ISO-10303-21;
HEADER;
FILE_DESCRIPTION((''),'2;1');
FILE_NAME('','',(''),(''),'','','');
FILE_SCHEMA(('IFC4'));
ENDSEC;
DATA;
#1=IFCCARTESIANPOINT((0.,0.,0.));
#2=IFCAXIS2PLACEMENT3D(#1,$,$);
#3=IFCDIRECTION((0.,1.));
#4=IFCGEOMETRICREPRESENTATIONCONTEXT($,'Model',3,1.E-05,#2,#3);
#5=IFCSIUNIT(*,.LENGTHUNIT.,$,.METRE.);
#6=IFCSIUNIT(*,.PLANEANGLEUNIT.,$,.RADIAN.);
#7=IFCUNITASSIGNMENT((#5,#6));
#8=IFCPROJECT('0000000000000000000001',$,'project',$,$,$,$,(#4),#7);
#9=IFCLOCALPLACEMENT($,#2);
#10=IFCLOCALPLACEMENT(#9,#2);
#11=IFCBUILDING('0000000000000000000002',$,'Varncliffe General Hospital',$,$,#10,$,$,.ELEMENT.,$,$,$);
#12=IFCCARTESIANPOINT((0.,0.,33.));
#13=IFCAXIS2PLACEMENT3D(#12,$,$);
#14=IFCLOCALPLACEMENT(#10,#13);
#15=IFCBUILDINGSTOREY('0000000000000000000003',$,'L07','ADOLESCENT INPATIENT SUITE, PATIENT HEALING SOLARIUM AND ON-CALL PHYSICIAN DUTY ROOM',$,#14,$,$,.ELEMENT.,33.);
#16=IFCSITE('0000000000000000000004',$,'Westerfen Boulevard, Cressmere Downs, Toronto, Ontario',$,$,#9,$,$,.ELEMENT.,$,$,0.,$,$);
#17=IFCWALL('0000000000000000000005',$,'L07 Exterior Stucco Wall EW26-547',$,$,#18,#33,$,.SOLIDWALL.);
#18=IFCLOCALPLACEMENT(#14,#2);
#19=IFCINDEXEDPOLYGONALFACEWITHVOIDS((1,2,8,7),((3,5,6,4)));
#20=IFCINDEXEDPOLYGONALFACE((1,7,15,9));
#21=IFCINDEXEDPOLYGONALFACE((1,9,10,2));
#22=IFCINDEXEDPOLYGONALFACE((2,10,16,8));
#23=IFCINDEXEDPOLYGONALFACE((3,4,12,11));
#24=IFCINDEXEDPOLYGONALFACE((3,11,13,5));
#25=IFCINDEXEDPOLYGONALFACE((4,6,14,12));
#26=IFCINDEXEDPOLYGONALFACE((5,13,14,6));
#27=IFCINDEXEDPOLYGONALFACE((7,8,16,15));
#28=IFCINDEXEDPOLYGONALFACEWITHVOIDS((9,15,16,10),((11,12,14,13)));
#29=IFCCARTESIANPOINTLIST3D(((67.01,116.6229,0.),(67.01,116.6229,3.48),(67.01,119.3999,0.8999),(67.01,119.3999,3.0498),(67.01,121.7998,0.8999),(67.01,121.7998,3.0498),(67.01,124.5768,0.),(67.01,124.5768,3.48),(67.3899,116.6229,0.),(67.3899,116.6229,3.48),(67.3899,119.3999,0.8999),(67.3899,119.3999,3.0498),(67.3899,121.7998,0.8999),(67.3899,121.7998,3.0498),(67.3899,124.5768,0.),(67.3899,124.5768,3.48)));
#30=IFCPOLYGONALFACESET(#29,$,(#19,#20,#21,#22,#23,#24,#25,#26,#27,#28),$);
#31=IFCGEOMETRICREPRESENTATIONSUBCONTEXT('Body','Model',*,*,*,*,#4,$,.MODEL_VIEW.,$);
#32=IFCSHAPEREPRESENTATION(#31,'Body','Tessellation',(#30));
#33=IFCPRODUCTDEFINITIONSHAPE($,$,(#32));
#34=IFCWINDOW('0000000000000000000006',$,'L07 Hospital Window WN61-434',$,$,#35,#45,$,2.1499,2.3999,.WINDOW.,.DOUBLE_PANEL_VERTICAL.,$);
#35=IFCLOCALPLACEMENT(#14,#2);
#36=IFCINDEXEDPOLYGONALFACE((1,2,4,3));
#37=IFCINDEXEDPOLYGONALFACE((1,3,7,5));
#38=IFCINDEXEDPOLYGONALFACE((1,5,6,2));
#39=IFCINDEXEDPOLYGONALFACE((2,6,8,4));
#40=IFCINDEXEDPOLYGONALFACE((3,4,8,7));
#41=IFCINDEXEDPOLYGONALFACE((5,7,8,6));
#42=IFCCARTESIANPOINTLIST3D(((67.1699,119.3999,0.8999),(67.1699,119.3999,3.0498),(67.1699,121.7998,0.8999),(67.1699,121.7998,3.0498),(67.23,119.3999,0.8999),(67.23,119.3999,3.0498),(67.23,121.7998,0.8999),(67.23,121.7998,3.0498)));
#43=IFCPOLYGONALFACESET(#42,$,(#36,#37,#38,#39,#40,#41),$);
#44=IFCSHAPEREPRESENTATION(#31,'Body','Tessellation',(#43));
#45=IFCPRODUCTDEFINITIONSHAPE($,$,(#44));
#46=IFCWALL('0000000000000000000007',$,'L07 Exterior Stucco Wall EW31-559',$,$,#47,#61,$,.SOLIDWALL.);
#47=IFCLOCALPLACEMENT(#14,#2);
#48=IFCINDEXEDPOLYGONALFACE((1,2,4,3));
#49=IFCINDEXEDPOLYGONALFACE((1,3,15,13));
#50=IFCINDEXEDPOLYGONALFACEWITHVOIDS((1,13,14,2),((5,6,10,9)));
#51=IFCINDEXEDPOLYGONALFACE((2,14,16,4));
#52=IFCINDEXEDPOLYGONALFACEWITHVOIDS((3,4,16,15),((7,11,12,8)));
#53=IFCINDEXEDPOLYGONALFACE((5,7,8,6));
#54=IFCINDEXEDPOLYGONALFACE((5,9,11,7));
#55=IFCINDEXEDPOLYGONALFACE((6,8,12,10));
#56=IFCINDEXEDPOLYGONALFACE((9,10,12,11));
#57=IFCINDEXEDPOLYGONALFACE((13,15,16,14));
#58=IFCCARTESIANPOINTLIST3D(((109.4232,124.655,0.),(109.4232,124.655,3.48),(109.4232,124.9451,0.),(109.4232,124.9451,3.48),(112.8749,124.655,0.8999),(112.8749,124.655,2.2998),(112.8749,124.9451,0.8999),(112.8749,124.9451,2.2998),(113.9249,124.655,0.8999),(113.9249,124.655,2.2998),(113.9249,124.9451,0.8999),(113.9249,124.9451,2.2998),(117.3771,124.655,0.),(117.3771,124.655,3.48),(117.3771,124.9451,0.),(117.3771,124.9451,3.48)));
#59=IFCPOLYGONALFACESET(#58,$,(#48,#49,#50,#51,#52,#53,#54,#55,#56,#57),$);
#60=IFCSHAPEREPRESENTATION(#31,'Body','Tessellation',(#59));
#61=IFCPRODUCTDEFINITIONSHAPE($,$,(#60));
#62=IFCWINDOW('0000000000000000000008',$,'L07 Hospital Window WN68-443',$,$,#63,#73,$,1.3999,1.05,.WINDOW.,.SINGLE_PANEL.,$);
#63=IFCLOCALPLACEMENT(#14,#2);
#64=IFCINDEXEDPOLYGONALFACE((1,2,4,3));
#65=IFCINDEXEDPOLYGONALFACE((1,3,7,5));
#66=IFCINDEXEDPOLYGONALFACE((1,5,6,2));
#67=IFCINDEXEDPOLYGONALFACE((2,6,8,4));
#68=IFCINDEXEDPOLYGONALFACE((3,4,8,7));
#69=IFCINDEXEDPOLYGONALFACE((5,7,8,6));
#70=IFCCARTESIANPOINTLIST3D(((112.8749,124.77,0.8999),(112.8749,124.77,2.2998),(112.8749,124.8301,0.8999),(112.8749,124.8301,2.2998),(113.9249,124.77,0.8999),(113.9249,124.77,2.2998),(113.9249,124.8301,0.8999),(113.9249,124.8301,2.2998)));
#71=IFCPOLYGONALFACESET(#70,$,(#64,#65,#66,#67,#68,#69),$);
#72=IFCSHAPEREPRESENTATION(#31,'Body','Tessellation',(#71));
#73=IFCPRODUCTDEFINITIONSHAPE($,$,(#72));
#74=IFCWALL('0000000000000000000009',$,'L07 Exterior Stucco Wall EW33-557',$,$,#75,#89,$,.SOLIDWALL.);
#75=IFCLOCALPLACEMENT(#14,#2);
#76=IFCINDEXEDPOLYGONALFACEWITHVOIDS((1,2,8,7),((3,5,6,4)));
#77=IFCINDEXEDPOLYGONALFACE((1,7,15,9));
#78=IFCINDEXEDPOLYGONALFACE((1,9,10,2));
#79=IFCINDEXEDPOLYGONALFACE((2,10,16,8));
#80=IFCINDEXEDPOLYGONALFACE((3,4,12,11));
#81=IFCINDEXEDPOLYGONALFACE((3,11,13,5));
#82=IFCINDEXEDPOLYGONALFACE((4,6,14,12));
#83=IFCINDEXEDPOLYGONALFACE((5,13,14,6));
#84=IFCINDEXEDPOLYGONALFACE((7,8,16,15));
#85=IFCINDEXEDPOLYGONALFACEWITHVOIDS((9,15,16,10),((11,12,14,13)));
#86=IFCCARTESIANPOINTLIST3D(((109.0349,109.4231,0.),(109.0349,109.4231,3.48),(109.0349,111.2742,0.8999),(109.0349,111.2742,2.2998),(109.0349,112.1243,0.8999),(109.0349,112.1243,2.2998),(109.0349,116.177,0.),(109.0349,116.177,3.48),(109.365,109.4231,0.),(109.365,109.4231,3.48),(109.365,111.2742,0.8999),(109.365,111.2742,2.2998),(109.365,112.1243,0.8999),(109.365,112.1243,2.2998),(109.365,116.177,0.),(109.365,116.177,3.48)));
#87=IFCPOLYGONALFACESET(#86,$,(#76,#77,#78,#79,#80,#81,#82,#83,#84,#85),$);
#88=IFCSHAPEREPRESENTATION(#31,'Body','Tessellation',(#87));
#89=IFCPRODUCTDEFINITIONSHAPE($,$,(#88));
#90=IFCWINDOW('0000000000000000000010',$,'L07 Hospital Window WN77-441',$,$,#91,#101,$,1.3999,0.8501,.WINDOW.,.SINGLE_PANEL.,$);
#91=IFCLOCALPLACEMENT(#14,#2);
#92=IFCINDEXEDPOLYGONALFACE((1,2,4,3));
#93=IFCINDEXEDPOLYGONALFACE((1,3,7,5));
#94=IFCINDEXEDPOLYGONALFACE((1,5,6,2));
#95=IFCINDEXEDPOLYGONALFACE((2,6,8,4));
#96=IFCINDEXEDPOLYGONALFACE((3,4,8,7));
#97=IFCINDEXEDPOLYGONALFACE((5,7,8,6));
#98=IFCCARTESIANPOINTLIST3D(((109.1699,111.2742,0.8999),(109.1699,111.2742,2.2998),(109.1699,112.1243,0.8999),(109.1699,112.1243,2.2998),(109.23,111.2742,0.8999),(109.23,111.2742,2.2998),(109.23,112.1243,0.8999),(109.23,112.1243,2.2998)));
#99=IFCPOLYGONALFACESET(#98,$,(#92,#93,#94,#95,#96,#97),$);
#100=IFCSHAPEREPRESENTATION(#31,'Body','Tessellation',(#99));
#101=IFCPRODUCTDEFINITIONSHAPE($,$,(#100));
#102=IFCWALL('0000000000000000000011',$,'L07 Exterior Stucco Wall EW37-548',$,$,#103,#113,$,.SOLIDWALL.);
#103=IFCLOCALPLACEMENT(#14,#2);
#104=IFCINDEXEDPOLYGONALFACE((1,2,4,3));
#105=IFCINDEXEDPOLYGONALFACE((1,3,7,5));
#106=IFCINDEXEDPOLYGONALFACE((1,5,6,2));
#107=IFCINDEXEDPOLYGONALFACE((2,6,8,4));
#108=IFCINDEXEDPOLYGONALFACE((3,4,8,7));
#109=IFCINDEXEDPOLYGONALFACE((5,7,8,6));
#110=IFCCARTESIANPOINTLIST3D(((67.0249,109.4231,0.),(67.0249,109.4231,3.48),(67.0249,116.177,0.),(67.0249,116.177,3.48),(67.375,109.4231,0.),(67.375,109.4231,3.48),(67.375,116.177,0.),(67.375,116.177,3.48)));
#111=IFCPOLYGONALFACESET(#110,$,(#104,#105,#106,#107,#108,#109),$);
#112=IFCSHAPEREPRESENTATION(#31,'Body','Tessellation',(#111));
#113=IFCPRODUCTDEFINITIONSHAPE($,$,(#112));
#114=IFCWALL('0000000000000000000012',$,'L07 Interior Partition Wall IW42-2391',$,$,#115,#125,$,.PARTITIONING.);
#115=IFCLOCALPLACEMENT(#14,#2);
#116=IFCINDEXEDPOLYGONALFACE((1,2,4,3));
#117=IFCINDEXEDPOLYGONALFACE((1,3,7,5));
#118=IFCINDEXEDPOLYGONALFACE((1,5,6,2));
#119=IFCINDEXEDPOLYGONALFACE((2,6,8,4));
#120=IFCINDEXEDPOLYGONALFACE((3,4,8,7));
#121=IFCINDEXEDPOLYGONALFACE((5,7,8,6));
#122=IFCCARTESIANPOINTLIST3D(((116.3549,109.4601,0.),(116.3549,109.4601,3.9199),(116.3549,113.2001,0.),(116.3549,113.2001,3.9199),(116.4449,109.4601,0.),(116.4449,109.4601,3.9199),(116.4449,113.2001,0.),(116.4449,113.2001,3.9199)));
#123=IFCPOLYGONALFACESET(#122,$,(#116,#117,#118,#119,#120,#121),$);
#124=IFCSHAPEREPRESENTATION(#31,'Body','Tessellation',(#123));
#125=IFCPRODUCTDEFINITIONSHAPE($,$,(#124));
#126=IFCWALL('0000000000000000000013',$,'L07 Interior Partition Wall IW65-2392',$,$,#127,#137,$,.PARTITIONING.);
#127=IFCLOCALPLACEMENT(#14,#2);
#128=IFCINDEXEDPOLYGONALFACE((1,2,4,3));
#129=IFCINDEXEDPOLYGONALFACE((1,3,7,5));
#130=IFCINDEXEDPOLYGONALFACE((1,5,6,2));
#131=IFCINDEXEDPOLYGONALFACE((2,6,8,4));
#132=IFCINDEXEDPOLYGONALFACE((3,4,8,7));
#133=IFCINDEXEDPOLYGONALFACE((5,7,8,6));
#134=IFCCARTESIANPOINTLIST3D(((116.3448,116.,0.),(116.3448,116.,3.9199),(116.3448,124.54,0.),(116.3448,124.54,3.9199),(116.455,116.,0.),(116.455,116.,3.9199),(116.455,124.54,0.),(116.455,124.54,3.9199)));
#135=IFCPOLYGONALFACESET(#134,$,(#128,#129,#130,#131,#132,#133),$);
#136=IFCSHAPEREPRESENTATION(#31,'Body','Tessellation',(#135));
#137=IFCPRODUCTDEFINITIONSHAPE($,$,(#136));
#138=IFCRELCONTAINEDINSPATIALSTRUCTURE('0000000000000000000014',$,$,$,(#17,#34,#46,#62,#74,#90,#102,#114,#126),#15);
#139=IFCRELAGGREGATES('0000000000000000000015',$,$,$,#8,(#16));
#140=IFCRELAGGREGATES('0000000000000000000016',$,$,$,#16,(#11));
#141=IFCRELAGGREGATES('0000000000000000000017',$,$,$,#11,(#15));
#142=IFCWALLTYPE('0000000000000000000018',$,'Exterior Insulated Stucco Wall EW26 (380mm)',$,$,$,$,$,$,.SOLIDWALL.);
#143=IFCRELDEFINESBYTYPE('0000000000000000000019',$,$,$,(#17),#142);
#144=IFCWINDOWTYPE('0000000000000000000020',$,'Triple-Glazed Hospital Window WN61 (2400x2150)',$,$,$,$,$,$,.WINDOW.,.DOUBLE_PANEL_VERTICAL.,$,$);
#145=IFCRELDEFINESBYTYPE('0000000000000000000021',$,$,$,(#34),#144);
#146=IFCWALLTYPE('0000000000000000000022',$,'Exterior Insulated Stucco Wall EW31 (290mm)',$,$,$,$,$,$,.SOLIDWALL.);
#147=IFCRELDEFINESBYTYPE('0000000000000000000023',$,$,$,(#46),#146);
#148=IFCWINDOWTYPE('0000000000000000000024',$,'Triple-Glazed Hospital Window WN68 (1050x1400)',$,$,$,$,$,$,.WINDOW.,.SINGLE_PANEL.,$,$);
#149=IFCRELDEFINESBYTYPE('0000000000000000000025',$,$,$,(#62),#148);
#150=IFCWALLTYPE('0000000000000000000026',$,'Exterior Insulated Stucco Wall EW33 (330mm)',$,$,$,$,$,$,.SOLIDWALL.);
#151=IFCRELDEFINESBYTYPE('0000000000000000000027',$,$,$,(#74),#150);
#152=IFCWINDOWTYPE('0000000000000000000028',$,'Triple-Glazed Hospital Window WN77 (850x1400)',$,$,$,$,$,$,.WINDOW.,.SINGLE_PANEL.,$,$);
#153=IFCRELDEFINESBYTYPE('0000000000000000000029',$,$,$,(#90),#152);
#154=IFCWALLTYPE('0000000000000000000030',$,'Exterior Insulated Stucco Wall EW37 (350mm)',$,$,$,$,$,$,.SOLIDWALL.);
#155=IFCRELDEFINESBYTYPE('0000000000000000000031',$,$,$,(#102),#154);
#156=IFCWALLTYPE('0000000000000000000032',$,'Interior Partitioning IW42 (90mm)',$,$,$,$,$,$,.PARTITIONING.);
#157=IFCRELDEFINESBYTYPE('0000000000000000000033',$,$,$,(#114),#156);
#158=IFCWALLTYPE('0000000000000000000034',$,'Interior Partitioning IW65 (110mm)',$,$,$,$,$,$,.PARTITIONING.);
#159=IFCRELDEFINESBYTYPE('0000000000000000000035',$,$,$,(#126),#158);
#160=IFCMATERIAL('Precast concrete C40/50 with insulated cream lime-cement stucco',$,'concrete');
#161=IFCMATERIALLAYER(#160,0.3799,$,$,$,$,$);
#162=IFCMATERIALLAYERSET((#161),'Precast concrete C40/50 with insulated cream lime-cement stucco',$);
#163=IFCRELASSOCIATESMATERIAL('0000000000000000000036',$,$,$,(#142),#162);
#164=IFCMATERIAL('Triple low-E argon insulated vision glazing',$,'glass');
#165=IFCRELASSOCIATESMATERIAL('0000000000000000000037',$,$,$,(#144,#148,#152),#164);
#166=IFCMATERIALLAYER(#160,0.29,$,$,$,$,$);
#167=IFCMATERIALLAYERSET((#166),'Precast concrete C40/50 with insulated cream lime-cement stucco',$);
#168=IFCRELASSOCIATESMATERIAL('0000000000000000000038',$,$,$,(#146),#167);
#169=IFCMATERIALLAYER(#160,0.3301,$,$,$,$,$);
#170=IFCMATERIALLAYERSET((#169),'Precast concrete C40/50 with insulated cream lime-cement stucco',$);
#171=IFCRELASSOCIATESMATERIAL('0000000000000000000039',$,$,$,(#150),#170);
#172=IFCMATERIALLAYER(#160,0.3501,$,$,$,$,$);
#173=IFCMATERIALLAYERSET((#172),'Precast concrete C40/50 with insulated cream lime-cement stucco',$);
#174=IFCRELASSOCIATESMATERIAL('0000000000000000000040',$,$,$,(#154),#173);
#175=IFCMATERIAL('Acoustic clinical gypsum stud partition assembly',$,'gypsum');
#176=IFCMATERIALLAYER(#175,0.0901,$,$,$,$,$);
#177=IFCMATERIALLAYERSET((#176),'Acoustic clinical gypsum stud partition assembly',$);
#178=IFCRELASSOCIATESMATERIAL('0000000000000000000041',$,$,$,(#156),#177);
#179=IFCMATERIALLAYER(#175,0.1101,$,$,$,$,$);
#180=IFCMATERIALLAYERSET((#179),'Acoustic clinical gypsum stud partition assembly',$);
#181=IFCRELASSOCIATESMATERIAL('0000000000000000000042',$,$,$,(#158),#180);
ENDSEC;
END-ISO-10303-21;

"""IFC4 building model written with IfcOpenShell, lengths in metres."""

from ifc_helpers import new_model, si_unit, direction, frame, frame_2d, origin, place, context, subcontext, project, spatial, rectangle, extrude, material, layer, layer_set, type_object, element, fill, save


model = new_model("IFC4")

# Units and contexts
model_context = context("Model", 3, precision=1e-05, world=origin(), true_north=direction((0.0, 1.0)))
body_context = subcontext(model_context, "Body", "Model", "MODEL_VIEW")
ifc_project = project(units=[si_unit("LENGTHUNIT", "METRE"), si_unit("PLANEANGLEUNIT", "RADIAN")], contexts=[model_context])

# Site, building, storey
site_placement = place(None, origin())
site = spatial("IfcSite", under=ifc_project, at=site_placement, Name="Westerfen Boulevard, Cressmere Downs, Toronto, Ontario", CompositionType="ELEMENT", RefElevation=0.0)
building_placement = place(site_placement, origin())
building = spatial("IfcBuilding", under=site, at=building_placement, Name="Varncliffe General Hospital", CompositionType="ELEMENT")
storey_placement = place(building_placement, frame((0.0, 0.0, 33.0)))
storey = spatial("IfcBuildingStorey", under=building, at=storey_placement, Name="L07", Description="ADOLESCENT INPATIENT SUITE, PATIENT HEALING SOLARIUM AND ON-CALL PHYSICIAN DUTY ROOM", CompositionType="ELEMENT", Elevation=33.0)

# Walls, openings, windows
ifc_material_1 = material(Name="Precast concrete C40/50 with insulated cream lime-cement stucco", Category="concrete")
ifc_material_2 = material(Name="Triple low-E argon insulated vision glazing", Category="glass")
ifc_layer_1 = layer(ifc_material_1, 0.3799)
ifc_layer_set_1 = layer_set([ifc_layer_1], Name="Precast concrete C40/50 with insulated cream lime-cement stucco")
wall_type_1 = type_object("IfcWallType", Name="Exterior Insulated Stucco Wall EW26 (380mm)", PredefinedType="SOLIDWALL", material=ifc_layer_set_1)
wall_1_placement = place(storey_placement, frame((67.2, 124.5769, 0.0), z_axis=(0.0, 0.0, 1.0), x_axis=(0.0, -1.0, 0.0)))
wall_1 = element("IfcWall", 1, at=wall_1_placement, inside=storey, type_object=wall_type_1, Name="L07 Exterior Stucco Wall EW26-547", PredefinedType="SOLIDWALL", context=body_context, shape_type="SweptSolid", body=[
    extrude(rectangle(XDim=7.9539, YDim=0.3799, at=frame_2d((3.9771, 0.0))), origin(), (0.0, 0.0, 1.0), 3.48),
])
opening_1_placement = place(wall_1_placement, frame((2.7771, 0.0, 0.8999)))
opening_1 = element("IfcOpeningElement", 2, at=opening_1_placement, cuts=wall_1, PredefinedType="OPENING", context=body_context, shape_type="SweptSolid", body=[
    extrude(rectangle(XDim=2.3999, YDim=2.1499, at=frame_2d((1.2, 1.075))), frame((0.0, 0.2, 0.0), z_axis=(0.0, -1.0, 0.0), x_axis=(1.0, 0.0, 0.0)), (0.0, 0.0, 1.0), 0.3999),
])
window_type_1 = type_object("IfcWindowType", Name="Triple-Glazed Hospital Window WN61 (2400x2150)", PartitioningType="DOUBLE_PANEL_VERTICAL", PredefinedType="WINDOW", material=ifc_material_2)
window_1_placement = place(opening_1_placement, origin())
window_1 = element("IfcWindow", 3, at=window_1_placement, inside=storey, type_object=window_type_1, Name="L07 Hospital Window WN61-434", OverallHeight=2.1499, OverallWidth=2.3999, PartitioningType="DOUBLE_PANEL_VERTICAL", PredefinedType="WINDOW", context=body_context, shape_type="SweptSolid", body=[
    extrude(rectangle(XDim=2.3999, YDim=2.1499, at=frame_2d((1.2, 1.075))), frame((0.0, 0.03, 0.0), z_axis=(0.0, -1.0, 0.0), x_axis=(1.0, 0.0, 0.0)), (0.0, 0.0, 1.0), 0.0601),
])
fill(opening_1, window_1)
ifc_layer_2 = layer(ifc_material_1, 0.29)
ifc_layer_set_2 = layer_set([ifc_layer_2], Name="Precast concrete C40/50 with insulated cream lime-cement stucco")
wall_type_2 = type_object("IfcWallType", Name="Exterior Insulated Stucco Wall EW31 (290mm)", PredefinedType="SOLIDWALL", material=ifc_layer_set_2)
wall_2_placement = place(storey_placement, frame((109.4231, 124.8, 0.0), z_axis=(0.0, 0.0, 1.0), x_axis=(1.0, 0.0, 0.0)))
wall_2 = element("IfcWall", 4, at=wall_2_placement, inside=storey, type_object=wall_type_2, Name="L07 Exterior Stucco Wall EW31-559", PredefinedType="SOLIDWALL", context=body_context, shape_type="SweptSolid", body=[
    extrude(rectangle(XDim=7.9539, YDim=0.29, at=frame_2d((3.9771, 0.0))), origin(), (0.0, 0.0, 1.0), 3.48),
])
opening_2_placement = place(wall_2_placement, frame((3.4519, 0.0, 0.8999)))
opening_2 = element("IfcOpeningElement", 5, at=opening_2_placement, cuts=wall_2, PredefinedType="OPENING", context=body_context, shape_type="SweptSolid", body=[
    extrude(rectangle(XDim=1.05, YDim=1.3999, at=frame_2d((0.5249, 0.7))), frame((0.0, 0.155, 0.0), z_axis=(0.0, -1.0, 0.0), x_axis=(1.0, 0.0, 0.0)), (0.0, 0.0, 1.0), 0.3101),
])
window_type_2 = type_object("IfcWindowType", Name="Triple-Glazed Hospital Window WN68 (1050x1400)", PartitioningType="SINGLE_PANEL", PredefinedType="WINDOW", material=ifc_material_2)
window_2_placement = place(opening_2_placement, origin())
window_2 = element("IfcWindow", 6, at=window_2_placement, inside=storey, type_object=window_type_2, Name="L07 Hospital Window WN68-443", OverallHeight=1.3999, OverallWidth=1.05, PartitioningType="SINGLE_PANEL", PredefinedType="WINDOW", context=body_context, shape_type="SweptSolid", body=[
    extrude(rectangle(XDim=1.05, YDim=1.3999, at=frame_2d((0.5249, 0.7))), frame((0.0, 0.03, 0.0), z_axis=(0.0, -1.0, 0.0), x_axis=(1.0, 0.0, 0.0)), (0.0, 0.0, 1.0), 0.0601),
])
fill(opening_2, window_2)
ifc_layer_3 = layer(ifc_material_1, 0.3301)
ifc_layer_set_3 = layer_set([ifc_layer_3], Name="Precast concrete C40/50 with insulated cream lime-cement stucco")
wall_type_3 = type_object("IfcWallType", Name="Exterior Insulated Stucco Wall EW33 (330mm)", PredefinedType="SOLIDWALL", material=ifc_layer_set_3)
wall_3_placement = place(storey_placement, frame((109.2, 109.4231, 0.0), z_axis=(0.0, 0.0, 1.0), x_axis=(0.0, 1.0, 0.0)))
wall_3 = element("IfcWall", 7, at=wall_3_placement, inside=storey, type_object=wall_type_3, Name="L07 Exterior Stucco Wall EW33-557", PredefinedType="SOLIDWALL", context=body_context, shape_type="SweptSolid", body=[
    extrude(rectangle(XDim=6.7539, YDim=0.3301, at=frame_2d((3.377, 0.0))), origin(), (0.0, 0.0, 1.0), 3.48),
])
opening_3_placement = place(wall_3_placement, frame((1.8511, 0.0, 0.8999)))
opening_3 = element("IfcOpeningElement", 8, at=opening_3_placement, cuts=wall_3, PredefinedType="OPENING", context=body_context, shape_type="SweptSolid", body=[
    extrude(rectangle(XDim=0.8501, YDim=1.3999, at=frame_2d((0.425, 0.7))), frame((0.0, 0.175, 0.0), z_axis=(0.0, -1.0, 0.0), x_axis=(1.0, 0.0, 0.0)), (0.0, 0.0, 1.0), 0.3501),
])
window_type_3 = type_object("IfcWindowType", Name="Triple-Glazed Hospital Window WN77 (850x1400)", PartitioningType="SINGLE_PANEL", PredefinedType="WINDOW", material=ifc_material_2)
window_3_placement = place(opening_3_placement, origin())
window_3 = element("IfcWindow", 9, at=window_3_placement, inside=storey, type_object=window_type_3, Name="L07 Hospital Window WN77-441", OverallHeight=1.3999, OverallWidth=0.8501, PartitioningType="SINGLE_PANEL", PredefinedType="WINDOW", context=body_context, shape_type="SweptSolid", body=[
    extrude(rectangle(XDim=0.8501, YDim=1.3999, at=frame_2d((0.425, 0.7))), frame((0.0, 0.03, 0.0), z_axis=(0.0, -1.0, 0.0), x_axis=(1.0, 0.0, 0.0)), (0.0, 0.0, 1.0), 0.0601),
])
fill(opening_3, window_3)

# Walls
ifc_layer_4 = layer(ifc_material_1, 0.3501)
ifc_layer_set_4 = layer_set([ifc_layer_4], Name="Precast concrete C40/50 with insulated cream lime-cement stucco")
wall_type_4 = type_object("IfcWallType", Name="Exterior Insulated Stucco Wall EW37 (350mm)", PredefinedType="SOLIDWALL", material=ifc_layer_set_4)
wall_4_placement = place(storey_placement, frame((67.2, 116.177, 0.0), z_axis=(0.0, 0.0, 1.0), x_axis=(0.0, -1.0, 0.0)))
element("IfcWall", 10, at=wall_4_placement, inside=storey, type_object=wall_type_4, Name="L07 Exterior Stucco Wall EW37-548", PredefinedType="SOLIDWALL", context=body_context, shape_type="SweptSolid", body=[
    extrude(rectangle(XDim=6.7539, YDim=0.3501, at=frame_2d((3.377, 0.0))), origin(), (0.0, 0.0, 1.0), 3.48),
])
ifc_material_3 = material(Name="Acoustic clinical gypsum stud partition assembly", Category="gypsum")
ifc_layer_5 = layer(ifc_material_3, 0.0901)
ifc_layer_set_5 = layer_set([ifc_layer_5], Name="Acoustic clinical gypsum stud partition assembly")
wall_type_5 = type_object("IfcWallType", Name="Interior Partitioning IW42 (90mm)", PredefinedType="PARTITIONING", material=ifc_layer_set_5)
wall_5_placement = place(storey_placement, frame((116.3999, 109.46, 0.0), z_axis=(0.0, 0.0, 1.0), x_axis=(0.0, 1.0, 0.0)))
element("IfcWall", 11, at=wall_5_placement, inside=storey, type_object=wall_type_5, Name="L07 Interior Partition Wall IW42-2391", PredefinedType="PARTITIONING", context=body_context, shape_type="SweptSolid", body=[
    extrude(rectangle(XDim=3.74, YDim=0.0901, at=frame_2d((1.8701, 0.0))), origin(), (0.0, 0.0, 1.0), 3.9199),
])
ifc_layer_6 = layer(ifc_material_3, 0.1101)
ifc_layer_set_6 = layer_set([ifc_layer_6], Name="Acoustic clinical gypsum stud partition assembly")
wall_type_6 = type_object("IfcWallType", Name="Interior Partitioning IW65 (110mm)", PredefinedType="PARTITIONING", material=ifc_layer_set_6)
wall_6_placement = place(storey_placement, frame((116.3999, 116.0, 0.0), z_axis=(0.0, 0.0, 1.0), x_axis=(0.0, 1.0, 0.0)))
element("IfcWall", 12, at=wall_6_placement, inside=storey, type_object=wall_type_6, Name="L07 Interior Partition Wall IW65-2392", PredefinedType="PARTITIONING", context=body_context, shape_type="SweptSolid", body=[
    extrude(rectangle(XDim=8.54, YDim=0.1101, at=frame_2d((4.27, 0.0))), origin(), (0.0, 0.0, 1.0), 3.9199),
])

save(model, "model.ifc")
